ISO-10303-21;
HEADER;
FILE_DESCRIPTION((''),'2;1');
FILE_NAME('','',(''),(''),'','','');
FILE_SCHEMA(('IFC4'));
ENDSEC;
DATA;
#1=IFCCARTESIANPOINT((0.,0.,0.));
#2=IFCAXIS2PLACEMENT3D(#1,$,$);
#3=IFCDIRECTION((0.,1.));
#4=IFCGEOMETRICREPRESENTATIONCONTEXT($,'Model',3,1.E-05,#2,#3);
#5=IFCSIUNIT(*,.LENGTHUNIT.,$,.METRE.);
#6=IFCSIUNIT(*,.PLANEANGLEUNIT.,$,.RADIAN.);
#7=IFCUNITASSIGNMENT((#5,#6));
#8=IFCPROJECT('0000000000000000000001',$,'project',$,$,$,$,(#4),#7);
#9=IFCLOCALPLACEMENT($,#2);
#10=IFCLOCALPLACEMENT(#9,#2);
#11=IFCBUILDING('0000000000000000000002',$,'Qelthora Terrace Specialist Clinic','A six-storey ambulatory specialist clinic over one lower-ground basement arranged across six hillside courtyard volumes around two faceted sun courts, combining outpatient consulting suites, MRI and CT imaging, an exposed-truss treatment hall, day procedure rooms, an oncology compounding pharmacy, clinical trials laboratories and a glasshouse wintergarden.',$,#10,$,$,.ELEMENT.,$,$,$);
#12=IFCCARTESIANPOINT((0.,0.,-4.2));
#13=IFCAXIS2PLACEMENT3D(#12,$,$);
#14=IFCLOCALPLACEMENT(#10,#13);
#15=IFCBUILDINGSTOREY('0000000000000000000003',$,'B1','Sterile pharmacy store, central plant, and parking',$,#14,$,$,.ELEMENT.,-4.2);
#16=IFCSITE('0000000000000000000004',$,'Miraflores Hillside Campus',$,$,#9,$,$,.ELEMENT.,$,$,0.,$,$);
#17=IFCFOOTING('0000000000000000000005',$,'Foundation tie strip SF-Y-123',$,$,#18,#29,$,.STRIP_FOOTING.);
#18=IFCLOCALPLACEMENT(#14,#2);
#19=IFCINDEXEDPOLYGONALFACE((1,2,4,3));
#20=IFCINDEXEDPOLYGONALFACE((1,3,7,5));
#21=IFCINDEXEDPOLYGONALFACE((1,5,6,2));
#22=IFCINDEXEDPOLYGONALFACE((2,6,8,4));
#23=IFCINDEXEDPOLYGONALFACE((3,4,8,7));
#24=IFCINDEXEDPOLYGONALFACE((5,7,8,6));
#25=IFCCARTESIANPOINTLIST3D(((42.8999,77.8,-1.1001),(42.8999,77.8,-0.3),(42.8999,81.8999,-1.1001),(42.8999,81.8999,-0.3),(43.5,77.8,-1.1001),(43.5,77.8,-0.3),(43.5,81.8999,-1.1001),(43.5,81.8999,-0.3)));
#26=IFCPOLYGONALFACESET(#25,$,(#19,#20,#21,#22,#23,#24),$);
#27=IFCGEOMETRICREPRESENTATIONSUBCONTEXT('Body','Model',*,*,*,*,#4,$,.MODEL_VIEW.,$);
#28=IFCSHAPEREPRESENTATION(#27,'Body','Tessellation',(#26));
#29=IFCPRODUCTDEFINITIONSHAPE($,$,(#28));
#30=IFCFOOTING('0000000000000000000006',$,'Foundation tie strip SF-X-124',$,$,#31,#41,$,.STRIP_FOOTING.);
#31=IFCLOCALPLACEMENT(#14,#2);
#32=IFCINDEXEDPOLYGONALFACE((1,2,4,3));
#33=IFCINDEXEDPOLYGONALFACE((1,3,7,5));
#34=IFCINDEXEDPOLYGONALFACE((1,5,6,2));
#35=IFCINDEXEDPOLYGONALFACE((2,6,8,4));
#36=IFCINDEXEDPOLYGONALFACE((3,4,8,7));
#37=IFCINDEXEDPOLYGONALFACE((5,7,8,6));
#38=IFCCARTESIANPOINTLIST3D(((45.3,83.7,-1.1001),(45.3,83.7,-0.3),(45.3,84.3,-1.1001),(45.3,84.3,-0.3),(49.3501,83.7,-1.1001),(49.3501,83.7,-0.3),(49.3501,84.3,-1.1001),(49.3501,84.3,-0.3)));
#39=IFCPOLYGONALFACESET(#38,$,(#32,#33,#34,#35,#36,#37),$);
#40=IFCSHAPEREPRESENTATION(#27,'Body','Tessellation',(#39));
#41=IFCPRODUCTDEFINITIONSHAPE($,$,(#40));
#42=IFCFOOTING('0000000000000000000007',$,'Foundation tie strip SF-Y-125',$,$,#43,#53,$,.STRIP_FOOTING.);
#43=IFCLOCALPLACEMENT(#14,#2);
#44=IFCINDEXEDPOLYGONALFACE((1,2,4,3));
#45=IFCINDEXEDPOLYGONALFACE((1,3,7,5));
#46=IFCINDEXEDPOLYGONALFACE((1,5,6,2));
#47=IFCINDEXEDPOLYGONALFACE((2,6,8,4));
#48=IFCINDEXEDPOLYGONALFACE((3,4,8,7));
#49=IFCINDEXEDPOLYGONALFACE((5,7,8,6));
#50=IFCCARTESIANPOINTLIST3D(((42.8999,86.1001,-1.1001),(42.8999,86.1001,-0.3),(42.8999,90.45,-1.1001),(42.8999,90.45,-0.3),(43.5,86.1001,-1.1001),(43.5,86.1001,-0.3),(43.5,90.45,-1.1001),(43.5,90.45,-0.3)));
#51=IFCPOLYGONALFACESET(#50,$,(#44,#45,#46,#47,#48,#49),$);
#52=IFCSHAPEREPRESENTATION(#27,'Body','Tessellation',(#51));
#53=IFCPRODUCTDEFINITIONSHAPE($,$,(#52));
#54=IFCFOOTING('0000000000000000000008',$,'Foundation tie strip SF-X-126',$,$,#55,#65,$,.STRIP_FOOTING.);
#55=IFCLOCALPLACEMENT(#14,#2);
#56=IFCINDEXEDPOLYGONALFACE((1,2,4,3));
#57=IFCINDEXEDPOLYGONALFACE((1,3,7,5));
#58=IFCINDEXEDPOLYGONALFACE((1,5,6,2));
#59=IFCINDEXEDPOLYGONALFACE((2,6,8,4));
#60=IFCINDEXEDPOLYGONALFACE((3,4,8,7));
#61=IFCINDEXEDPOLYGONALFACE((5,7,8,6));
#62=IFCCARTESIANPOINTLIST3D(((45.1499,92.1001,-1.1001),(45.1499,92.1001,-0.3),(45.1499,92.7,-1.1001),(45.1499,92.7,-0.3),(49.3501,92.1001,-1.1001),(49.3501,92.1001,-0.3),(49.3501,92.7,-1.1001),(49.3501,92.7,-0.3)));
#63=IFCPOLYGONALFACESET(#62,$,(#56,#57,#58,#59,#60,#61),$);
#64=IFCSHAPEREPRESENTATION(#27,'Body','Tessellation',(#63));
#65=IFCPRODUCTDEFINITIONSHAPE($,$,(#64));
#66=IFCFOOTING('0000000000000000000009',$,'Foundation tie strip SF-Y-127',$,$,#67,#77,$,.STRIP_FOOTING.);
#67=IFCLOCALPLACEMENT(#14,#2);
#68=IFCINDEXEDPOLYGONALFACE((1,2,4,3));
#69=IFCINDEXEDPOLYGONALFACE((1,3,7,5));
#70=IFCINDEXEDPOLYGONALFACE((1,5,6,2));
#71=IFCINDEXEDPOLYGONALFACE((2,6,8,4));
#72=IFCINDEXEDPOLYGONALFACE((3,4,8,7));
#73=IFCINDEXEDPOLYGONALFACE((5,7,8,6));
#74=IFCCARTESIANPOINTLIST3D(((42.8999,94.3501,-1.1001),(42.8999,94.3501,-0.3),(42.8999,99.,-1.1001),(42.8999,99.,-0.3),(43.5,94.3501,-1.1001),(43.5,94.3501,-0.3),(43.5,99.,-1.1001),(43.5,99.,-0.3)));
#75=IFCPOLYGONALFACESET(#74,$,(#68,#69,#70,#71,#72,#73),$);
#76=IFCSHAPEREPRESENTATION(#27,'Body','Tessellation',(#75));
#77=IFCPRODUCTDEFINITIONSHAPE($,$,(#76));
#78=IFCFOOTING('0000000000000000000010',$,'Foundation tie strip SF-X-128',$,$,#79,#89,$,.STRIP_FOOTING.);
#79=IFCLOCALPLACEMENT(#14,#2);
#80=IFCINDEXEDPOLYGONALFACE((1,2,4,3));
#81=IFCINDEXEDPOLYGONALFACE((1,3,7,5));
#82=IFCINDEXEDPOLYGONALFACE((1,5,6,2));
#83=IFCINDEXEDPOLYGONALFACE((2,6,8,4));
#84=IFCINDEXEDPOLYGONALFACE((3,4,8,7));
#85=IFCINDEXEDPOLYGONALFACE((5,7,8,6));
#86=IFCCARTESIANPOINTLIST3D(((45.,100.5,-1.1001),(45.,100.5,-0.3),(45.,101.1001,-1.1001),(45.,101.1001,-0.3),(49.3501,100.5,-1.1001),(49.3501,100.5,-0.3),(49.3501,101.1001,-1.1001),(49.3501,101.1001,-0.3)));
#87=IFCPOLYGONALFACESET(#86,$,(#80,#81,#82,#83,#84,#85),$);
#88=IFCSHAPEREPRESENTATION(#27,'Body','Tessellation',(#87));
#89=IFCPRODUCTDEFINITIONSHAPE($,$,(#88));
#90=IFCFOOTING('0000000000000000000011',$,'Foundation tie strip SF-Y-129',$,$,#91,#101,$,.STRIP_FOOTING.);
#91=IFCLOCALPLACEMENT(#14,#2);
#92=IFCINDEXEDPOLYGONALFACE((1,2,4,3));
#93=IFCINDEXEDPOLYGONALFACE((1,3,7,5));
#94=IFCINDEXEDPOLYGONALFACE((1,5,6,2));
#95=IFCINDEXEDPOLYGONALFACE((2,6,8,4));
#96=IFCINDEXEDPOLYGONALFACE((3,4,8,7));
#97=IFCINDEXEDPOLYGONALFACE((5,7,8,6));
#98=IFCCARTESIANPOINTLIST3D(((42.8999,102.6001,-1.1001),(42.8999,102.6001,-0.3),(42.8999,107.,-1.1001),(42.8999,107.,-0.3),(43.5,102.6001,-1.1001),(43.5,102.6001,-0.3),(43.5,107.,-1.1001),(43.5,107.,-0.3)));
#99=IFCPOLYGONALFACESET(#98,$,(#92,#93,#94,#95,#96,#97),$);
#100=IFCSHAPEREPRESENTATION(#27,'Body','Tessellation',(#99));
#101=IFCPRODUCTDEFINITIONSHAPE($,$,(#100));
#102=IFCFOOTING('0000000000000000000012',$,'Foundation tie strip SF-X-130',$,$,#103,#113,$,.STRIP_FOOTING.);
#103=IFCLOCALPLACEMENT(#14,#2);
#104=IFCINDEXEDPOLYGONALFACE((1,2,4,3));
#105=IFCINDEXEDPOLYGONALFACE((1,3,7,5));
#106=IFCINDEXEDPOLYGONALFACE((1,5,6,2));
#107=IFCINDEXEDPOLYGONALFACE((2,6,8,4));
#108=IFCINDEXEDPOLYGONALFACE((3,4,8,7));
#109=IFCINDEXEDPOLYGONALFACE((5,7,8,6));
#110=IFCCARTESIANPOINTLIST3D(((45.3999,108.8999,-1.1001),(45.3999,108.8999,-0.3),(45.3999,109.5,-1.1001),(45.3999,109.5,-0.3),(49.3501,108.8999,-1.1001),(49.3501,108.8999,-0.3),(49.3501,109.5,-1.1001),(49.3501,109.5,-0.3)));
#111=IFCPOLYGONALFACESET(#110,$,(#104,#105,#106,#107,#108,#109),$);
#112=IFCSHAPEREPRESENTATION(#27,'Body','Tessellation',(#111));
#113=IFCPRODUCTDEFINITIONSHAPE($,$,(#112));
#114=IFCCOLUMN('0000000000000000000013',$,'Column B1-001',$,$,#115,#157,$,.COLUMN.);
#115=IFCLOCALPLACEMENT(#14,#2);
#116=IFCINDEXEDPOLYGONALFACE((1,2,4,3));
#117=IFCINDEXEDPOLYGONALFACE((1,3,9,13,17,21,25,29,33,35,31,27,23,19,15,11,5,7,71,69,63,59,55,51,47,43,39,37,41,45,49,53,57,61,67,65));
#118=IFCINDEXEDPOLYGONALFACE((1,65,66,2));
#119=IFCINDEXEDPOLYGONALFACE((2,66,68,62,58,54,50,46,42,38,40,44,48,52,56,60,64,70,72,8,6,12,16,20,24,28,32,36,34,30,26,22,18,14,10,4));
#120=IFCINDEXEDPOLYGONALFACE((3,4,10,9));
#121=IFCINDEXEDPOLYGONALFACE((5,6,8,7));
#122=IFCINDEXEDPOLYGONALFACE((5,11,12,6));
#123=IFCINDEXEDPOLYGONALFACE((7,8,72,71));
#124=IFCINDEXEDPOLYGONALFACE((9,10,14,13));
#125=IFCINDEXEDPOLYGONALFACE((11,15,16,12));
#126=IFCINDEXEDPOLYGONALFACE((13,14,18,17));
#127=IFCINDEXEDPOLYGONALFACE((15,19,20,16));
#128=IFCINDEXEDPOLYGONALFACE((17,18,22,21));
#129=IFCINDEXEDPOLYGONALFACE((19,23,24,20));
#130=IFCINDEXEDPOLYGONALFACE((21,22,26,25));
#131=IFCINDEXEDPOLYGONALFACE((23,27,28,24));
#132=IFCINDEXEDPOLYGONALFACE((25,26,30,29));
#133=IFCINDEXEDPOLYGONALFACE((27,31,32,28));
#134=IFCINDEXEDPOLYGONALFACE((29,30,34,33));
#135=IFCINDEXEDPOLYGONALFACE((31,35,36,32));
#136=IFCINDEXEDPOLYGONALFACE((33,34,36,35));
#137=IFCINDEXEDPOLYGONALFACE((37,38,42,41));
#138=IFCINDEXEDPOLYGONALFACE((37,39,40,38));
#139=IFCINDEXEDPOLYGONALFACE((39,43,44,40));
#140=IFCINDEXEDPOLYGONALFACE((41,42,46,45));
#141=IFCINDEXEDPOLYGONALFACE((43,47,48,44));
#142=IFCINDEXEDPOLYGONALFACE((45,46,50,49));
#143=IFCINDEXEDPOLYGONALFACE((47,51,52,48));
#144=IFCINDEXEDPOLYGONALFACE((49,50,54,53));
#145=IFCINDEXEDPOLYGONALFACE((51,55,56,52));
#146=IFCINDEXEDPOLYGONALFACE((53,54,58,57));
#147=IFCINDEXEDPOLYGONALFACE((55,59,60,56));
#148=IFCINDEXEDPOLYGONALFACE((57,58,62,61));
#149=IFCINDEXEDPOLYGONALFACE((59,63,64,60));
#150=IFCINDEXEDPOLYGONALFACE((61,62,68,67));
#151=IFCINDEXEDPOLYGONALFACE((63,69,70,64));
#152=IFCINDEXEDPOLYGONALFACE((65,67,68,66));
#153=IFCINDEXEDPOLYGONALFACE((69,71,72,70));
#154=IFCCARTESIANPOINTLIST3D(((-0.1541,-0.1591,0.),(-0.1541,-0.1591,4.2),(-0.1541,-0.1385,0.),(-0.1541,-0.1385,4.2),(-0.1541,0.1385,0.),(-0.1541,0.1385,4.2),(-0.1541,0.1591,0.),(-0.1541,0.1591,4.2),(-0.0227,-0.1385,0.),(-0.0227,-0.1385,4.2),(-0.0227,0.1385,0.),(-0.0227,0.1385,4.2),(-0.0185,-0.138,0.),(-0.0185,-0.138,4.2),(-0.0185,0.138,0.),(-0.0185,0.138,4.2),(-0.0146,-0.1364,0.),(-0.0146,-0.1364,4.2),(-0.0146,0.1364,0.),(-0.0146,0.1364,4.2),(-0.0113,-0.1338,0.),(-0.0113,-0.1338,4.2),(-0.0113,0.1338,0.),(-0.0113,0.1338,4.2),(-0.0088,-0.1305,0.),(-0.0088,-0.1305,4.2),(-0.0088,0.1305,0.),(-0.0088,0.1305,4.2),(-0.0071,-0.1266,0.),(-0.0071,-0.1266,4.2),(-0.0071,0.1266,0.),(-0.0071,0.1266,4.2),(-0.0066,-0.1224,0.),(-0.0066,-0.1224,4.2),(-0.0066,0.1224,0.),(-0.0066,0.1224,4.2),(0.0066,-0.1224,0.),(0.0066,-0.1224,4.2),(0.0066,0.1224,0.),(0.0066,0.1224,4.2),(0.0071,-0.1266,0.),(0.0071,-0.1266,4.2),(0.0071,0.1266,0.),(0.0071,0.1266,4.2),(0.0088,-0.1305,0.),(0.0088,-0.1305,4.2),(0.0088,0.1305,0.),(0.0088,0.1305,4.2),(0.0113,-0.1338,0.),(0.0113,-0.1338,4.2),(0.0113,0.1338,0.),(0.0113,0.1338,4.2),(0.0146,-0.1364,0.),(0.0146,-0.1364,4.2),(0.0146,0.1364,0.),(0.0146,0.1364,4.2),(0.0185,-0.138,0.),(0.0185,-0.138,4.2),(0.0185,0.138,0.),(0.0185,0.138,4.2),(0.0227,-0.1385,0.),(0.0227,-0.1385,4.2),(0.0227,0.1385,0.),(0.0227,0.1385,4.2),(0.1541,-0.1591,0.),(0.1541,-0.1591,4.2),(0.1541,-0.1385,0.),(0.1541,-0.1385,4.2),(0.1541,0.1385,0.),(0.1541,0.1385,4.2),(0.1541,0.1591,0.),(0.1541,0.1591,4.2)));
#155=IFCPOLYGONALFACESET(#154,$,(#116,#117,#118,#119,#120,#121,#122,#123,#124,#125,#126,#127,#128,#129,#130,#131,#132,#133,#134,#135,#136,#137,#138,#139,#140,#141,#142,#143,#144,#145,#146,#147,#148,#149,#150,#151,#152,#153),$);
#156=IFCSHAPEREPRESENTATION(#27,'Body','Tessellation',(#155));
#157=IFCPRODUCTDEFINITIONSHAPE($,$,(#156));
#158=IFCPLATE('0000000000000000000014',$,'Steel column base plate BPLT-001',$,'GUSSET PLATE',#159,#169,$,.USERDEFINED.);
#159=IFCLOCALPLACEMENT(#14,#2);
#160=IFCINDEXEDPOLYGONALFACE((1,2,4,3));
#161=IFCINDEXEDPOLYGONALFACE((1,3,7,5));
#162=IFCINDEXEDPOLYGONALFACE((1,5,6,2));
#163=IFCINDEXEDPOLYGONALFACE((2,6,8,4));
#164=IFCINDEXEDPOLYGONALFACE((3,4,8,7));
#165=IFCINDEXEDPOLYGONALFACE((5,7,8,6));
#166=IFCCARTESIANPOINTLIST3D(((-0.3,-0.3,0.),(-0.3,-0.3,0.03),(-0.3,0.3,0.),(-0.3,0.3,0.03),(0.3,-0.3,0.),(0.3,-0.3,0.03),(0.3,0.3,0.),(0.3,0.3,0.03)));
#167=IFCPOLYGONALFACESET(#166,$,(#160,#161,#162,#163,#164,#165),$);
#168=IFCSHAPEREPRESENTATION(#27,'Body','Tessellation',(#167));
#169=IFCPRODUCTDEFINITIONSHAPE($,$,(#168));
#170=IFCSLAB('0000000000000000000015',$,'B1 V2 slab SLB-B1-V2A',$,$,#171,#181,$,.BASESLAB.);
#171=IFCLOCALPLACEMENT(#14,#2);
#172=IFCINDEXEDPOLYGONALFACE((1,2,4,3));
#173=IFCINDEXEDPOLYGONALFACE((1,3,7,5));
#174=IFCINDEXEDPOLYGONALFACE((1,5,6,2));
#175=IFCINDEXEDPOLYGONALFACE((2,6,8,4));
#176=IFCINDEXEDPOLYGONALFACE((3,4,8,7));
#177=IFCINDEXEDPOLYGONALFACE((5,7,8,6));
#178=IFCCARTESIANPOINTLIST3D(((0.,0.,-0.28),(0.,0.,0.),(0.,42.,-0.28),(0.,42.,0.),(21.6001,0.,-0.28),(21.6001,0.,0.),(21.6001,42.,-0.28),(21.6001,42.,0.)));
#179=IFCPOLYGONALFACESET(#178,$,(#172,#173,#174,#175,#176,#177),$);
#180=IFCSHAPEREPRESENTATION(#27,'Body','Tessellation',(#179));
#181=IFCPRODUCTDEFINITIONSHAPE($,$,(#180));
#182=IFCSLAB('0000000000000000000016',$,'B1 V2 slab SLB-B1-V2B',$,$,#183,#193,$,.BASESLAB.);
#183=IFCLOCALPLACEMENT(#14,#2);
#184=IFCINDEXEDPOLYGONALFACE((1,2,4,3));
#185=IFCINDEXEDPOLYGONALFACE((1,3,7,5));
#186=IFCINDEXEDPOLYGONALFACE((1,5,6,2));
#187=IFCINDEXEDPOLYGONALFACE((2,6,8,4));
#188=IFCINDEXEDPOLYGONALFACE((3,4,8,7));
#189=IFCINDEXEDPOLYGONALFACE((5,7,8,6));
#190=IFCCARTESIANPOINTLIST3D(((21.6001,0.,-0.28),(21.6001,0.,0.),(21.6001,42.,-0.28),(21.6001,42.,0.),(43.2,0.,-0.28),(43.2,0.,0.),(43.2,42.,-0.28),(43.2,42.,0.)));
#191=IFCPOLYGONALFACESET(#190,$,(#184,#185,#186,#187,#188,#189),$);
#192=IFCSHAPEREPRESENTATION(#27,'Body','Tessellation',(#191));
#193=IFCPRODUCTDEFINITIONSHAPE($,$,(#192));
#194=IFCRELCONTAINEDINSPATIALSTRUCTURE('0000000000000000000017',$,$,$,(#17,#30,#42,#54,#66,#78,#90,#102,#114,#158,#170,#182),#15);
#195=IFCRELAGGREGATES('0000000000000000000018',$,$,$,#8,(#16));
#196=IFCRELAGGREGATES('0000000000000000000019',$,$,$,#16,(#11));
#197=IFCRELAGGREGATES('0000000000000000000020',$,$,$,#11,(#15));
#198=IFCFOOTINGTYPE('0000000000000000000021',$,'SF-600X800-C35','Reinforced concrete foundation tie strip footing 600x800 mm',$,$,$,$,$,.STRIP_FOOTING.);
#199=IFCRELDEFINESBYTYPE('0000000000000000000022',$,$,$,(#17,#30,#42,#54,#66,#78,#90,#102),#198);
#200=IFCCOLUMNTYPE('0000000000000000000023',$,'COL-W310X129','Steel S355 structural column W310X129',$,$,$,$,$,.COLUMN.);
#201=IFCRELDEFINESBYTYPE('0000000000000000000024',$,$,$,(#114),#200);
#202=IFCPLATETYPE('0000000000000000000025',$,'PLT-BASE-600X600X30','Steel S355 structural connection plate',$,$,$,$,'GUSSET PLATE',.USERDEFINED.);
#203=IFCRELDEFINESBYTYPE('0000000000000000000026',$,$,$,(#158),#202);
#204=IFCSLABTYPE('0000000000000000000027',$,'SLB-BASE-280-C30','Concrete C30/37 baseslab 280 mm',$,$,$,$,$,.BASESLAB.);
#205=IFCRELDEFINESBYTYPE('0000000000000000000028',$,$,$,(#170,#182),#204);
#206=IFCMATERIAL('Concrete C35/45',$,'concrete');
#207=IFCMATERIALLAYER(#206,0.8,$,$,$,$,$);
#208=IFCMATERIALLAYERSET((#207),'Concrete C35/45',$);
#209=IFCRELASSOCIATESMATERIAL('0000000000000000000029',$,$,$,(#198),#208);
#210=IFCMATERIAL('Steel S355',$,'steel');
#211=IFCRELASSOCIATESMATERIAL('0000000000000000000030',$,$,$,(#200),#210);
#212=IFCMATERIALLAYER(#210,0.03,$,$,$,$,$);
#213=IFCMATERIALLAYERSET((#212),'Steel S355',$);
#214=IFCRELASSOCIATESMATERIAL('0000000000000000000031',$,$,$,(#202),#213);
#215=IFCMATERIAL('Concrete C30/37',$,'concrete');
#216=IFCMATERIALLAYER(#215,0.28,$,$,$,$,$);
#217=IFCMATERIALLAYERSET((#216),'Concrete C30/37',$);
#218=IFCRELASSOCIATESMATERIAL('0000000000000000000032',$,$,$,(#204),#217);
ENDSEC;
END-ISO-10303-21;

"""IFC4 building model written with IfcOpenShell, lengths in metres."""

from ifc_helpers import new_model, si_unit, direction, frame, origin, origin_with_axes, origin_2d, place, context, subcontext, project, spatial, polyline, rectangle, i_section, outline, extrude, material, layer, layer_set, material_profile, profile_set, type_object, element, save


model = new_model("IFC4")

# Units and contexts
model_context = context("Model", 3, precision=1e-05, world=origin(), true_north=direction((0.0, 1.0)))
body_context = subcontext(model_context, "Body", "Model", "MODEL_VIEW")
ifc_project = project(units=[si_unit("LENGTHUNIT", "METRE"), si_unit("PLANEANGLEUNIT", "RADIAN")], contexts=[model_context])

# Site, building, storey
site_placement = place(None, origin())
site = spatial("IfcSite", under=ifc_project, at=site_placement, Name="Miraflores Hillside Campus", CompositionType="ELEMENT", RefElevation=0.0)
building_placement = place(site_placement, origin())
building = spatial("IfcBuilding", under=site, at=building_placement, Name="Qelthora Terrace Specialist Clinic", Description="A six-storey ambulatory specialist clinic over one lower-ground basement arranged across six hillside courtyard volumes around two faceted sun courts, combining outpatient consulting suites, MRI and CT imaging, an exposed-truss treatment hall, day procedure rooms, an oncology compounding pharmacy, clinical trials laboratories and a glasshouse wintergarden.", CompositionType="ELEMENT")
storey_placement = place(building_placement, frame((0.0, 0.0, -4.2)))
storey = spatial("IfcBuildingStorey", under=building, at=storey_placement, Name="B1", Description="Sterile pharmacy store, central plant, and parking", CompositionType="ELEMENT", Elevation=-4.2)

# Footings
ifc_material_1 = material(Name="Concrete C35/45", Category="concrete")
ifc_layer_1 = layer(ifc_material_1, 0.8)
ifc_layer_set_1 = layer_set([ifc_layer_1], Name="Concrete C35/45")
footing_type = type_object("IfcFootingType", Name="SF-600X800-C35", Description="Reinforced concrete foundation tie strip footing 600x800 mm", PredefinedType="STRIP_FOOTING", material=ifc_layer_set_1)
footing_1_placement = place(storey_placement, frame((0.0, 0.0, -1.1001)))
element("IfcFooting", 1, at=footing_1_placement, inside=storey, type_object=footing_type, Name="Foundation tie strip SF-Y-123", PredefinedType="STRIP_FOOTING", context=body_context, shape_type="SweptSolid", body=[
    extrude(outline(polyline([(42.8999, 77.8), (43.5, 77.8), (43.5, 81.8999), (42.8999, 81.8999), (42.8999, 77.8)])), origin(), (0.0, 0.0, 1.0), 0.8),
])
footing_2_placement = place(storey_placement, frame((0.0, 0.0, -1.1001)))
element("IfcFooting", 2, at=footing_2_placement, inside=storey, type_object=footing_type, Name="Foundation tie strip SF-X-124", PredefinedType="STRIP_FOOTING", context=body_context, shape_type="SweptSolid", body=[
    extrude(outline(polyline([(45.3, 83.7), (49.3501, 83.7), (49.3501, 84.3), (45.3, 84.3), (45.3, 83.7)])), origin(), (0.0, 0.0, 1.0), 0.8),
])
footing_3_placement = place(storey_placement, frame((0.0, 0.0, -1.1001)))
element("IfcFooting", 3, at=footing_3_placement, inside=storey, type_object=footing_type, Name="Foundation tie strip SF-Y-125", PredefinedType="STRIP_FOOTING", context=body_context, shape_type="SweptSolid", body=[
    extrude(outline(polyline([(42.8999, 86.1001), (43.5, 86.1001), (43.5, 90.45), (42.8999, 90.45), (42.8999, 86.1001)])), origin(), (0.0, 0.0, 1.0), 0.8),
])
footing_4_placement = place(storey_placement, frame((0.0, 0.0, -1.1001)))
element("IfcFooting", 4, at=footing_4_placement, inside=storey, type_object=footing_type, Name="Foundation tie strip SF-X-126", PredefinedType="STRIP_FOOTING", context=body_context, shape_type="SweptSolid", body=[
    extrude(outline(polyline([(45.1499, 92.1001), (49.3501, 92.1001), (49.3501, 92.7), (45.1499, 92.7), (45.1499, 92.1001)])), origin(), (0.0, 0.0, 1.0), 0.8),
])
footing_5_placement = place(storey_placement, frame((0.0, 0.0, -1.1001)))
element("IfcFooting", 5, at=footing_5_placement, inside=storey, type_object=footing_type, Name="Foundation tie strip SF-Y-127", PredefinedType="STRIP_FOOTING", context=body_context, shape_type="SweptSolid", body=[
    extrude(outline(polyline([(42.8999, 94.3501), (43.5, 94.3501), (43.5, 99.0), (42.8999, 99.0), (42.8999, 94.3501)])), origin(), (0.0, 0.0, 1.0), 0.8),
])
footing_6_placement = place(storey_placement, frame((0.0, 0.0, -1.1001)))
element("IfcFooting", 6, at=footing_6_placement, inside=storey, type_object=footing_type, Name="Foundation tie strip SF-X-128", PredefinedType="STRIP_FOOTING", context=body_context, shape_type="SweptSolid", body=[
    extrude(outline(polyline([(45.0, 100.5), (49.3501, 100.5), (49.3501, 101.1001), (45.0, 101.1001), (45.0, 100.5)])), origin(), (0.0, 0.0, 1.0), 0.8),
])
footing_7_placement = place(storey_placement, frame((0.0, 0.0, -1.1001)))
element("IfcFooting", 7, at=footing_7_placement, inside=storey, type_object=footing_type, Name="Foundation tie strip SF-Y-129", PredefinedType="STRIP_FOOTING", context=body_context, shape_type="SweptSolid", body=[
    extrude(outline(polyline([(42.8999, 102.6001), (43.5, 102.6001), (43.5, 107.0), (42.8999, 107.0), (42.8999, 102.6001)])), origin(), (0.0, 0.0, 1.0), 0.8),
])
footing_8_placement = place(storey_placement, frame((0.0, 0.0, -1.1001)))
element("IfcFooting", 8, at=footing_8_placement, inside=storey, type_object=footing_type, Name="Foundation tie strip SF-X-130", PredefinedType="STRIP_FOOTING", context=body_context, shape_type="SweptSolid", body=[
    extrude(outline(polyline([(45.3999, 108.8999), (49.3501, 108.8999), (49.3501, 109.5), (45.3999, 109.5), (45.3999, 108.8999)])), origin(), (0.0, 0.0, 1.0), 0.8),
])

# Column
ifc_material_2 = material(Name="Steel S355", Category="steel")
ifc_material_profile = material_profile(ifc_material_2, i_section(OverallWidth=0.3081, OverallDepth=0.3181, WebThickness=0.0132, FlangeThickness=0.0205, FilletRadius=0.0161, at=origin_2d()), Name="W310X129")
ifc_profile_set = profile_set([ifc_material_profile], Name="Steel S355")
column_type = type_object("IfcColumnType", Name="COL-W310X129", Description="Steel S355 structural column W310X129", PredefinedType="COLUMN", material=ifc_profile_set)
column_placement = place(storey_placement, origin_with_axes())
element("IfcColumn", 9, at=column_placement, inside=storey, type_object=column_type, Name="Column B1-001", PredefinedType="COLUMN", context=body_context, shape_type="SweptSolid", body=[
    extrude(i_section(OverallWidth=0.3081, OverallDepth=0.3181, WebThickness=0.0132, FlangeThickness=0.0205, FilletRadius=0.0161, at=origin_2d()), origin(), (0.0, 0.0, 1.0), 4.2),
])

# Plate
ifc_layer_2 = layer(ifc_material_2, 0.03)
ifc_layer_set_2 = layer_set([ifc_layer_2], Name="Steel S355")
plate_type = type_object("IfcPlateType", Name="PLT-BASE-600X600X30", Description="Steel S355 structural connection plate", ElementType="GUSSET PLATE", PredefinedType="USERDEFINED", material=ifc_layer_set_2)
plate_placement = place(storey_placement, origin_with_axes())
element("IfcPlate", 10, at=plate_placement, inside=storey, type_object=plate_type, Name="Steel column base plate BPLT-001", ObjectType="GUSSET PLATE", PredefinedType="USERDEFINED", context=body_context, shape_type="SweptSolid", body=[
    extrude(rectangle(XDim=0.6001, YDim=0.6001, at=origin_2d()), origin(), (0.0, 0.0, 1.0), 0.03),
])

# Slabs
ifc_material_3 = material(Name="Concrete C30/37", Category="concrete")
ifc_layer_3 = layer(ifc_material_3, 0.28)
ifc_layer_set_3 = layer_set([ifc_layer_3], Name="Concrete C30/37")
slab_type_1 = type_object("IfcSlabType", Name="SLB-BASE-280-C30", Description="Concrete C30/37 baseslab 280 mm", PredefinedType="BASESLAB", material=ifc_layer_set_3)
slab_1_placement = place(storey_placement, frame((0.0, 0.0, -0.28)))
element("IfcSlab", 11, at=slab_1_placement, inside=storey, type_object=slab_type_1, Name="B1 V2 slab SLB-B1-V2A", PredefinedType="BASESLAB", context=body_context, shape_type="SweptSolid", body=[
    extrude(outline(polyline([(0.0, 0.0), (0.0, 42.0), (21.6001, 42.0), (21.6001, 0.0), (0.0, 0.0)])), origin(), (0.0, 0.0, 1.0), 0.28),
])
slab_2_placement = place(storey_placement, frame((0.0, 0.0, -0.28)))
element("IfcSlab", 12, at=slab_2_placement, inside=storey, type_object=slab_type_1, Name="B1 V2 slab SLB-B1-V2B", PredefinedType="BASESLAB", context=body_context, shape_type="SweptSolid", body=[
    extrude(outline(polyline([(21.6001, 0.0), (21.6001, 42.0), (43.2, 42.0), (43.2, 0.0), (21.6001, 0.0)])), origin(), (0.0, 0.0, 1.0), 0.28),
])

save(model, "model.ifc")
